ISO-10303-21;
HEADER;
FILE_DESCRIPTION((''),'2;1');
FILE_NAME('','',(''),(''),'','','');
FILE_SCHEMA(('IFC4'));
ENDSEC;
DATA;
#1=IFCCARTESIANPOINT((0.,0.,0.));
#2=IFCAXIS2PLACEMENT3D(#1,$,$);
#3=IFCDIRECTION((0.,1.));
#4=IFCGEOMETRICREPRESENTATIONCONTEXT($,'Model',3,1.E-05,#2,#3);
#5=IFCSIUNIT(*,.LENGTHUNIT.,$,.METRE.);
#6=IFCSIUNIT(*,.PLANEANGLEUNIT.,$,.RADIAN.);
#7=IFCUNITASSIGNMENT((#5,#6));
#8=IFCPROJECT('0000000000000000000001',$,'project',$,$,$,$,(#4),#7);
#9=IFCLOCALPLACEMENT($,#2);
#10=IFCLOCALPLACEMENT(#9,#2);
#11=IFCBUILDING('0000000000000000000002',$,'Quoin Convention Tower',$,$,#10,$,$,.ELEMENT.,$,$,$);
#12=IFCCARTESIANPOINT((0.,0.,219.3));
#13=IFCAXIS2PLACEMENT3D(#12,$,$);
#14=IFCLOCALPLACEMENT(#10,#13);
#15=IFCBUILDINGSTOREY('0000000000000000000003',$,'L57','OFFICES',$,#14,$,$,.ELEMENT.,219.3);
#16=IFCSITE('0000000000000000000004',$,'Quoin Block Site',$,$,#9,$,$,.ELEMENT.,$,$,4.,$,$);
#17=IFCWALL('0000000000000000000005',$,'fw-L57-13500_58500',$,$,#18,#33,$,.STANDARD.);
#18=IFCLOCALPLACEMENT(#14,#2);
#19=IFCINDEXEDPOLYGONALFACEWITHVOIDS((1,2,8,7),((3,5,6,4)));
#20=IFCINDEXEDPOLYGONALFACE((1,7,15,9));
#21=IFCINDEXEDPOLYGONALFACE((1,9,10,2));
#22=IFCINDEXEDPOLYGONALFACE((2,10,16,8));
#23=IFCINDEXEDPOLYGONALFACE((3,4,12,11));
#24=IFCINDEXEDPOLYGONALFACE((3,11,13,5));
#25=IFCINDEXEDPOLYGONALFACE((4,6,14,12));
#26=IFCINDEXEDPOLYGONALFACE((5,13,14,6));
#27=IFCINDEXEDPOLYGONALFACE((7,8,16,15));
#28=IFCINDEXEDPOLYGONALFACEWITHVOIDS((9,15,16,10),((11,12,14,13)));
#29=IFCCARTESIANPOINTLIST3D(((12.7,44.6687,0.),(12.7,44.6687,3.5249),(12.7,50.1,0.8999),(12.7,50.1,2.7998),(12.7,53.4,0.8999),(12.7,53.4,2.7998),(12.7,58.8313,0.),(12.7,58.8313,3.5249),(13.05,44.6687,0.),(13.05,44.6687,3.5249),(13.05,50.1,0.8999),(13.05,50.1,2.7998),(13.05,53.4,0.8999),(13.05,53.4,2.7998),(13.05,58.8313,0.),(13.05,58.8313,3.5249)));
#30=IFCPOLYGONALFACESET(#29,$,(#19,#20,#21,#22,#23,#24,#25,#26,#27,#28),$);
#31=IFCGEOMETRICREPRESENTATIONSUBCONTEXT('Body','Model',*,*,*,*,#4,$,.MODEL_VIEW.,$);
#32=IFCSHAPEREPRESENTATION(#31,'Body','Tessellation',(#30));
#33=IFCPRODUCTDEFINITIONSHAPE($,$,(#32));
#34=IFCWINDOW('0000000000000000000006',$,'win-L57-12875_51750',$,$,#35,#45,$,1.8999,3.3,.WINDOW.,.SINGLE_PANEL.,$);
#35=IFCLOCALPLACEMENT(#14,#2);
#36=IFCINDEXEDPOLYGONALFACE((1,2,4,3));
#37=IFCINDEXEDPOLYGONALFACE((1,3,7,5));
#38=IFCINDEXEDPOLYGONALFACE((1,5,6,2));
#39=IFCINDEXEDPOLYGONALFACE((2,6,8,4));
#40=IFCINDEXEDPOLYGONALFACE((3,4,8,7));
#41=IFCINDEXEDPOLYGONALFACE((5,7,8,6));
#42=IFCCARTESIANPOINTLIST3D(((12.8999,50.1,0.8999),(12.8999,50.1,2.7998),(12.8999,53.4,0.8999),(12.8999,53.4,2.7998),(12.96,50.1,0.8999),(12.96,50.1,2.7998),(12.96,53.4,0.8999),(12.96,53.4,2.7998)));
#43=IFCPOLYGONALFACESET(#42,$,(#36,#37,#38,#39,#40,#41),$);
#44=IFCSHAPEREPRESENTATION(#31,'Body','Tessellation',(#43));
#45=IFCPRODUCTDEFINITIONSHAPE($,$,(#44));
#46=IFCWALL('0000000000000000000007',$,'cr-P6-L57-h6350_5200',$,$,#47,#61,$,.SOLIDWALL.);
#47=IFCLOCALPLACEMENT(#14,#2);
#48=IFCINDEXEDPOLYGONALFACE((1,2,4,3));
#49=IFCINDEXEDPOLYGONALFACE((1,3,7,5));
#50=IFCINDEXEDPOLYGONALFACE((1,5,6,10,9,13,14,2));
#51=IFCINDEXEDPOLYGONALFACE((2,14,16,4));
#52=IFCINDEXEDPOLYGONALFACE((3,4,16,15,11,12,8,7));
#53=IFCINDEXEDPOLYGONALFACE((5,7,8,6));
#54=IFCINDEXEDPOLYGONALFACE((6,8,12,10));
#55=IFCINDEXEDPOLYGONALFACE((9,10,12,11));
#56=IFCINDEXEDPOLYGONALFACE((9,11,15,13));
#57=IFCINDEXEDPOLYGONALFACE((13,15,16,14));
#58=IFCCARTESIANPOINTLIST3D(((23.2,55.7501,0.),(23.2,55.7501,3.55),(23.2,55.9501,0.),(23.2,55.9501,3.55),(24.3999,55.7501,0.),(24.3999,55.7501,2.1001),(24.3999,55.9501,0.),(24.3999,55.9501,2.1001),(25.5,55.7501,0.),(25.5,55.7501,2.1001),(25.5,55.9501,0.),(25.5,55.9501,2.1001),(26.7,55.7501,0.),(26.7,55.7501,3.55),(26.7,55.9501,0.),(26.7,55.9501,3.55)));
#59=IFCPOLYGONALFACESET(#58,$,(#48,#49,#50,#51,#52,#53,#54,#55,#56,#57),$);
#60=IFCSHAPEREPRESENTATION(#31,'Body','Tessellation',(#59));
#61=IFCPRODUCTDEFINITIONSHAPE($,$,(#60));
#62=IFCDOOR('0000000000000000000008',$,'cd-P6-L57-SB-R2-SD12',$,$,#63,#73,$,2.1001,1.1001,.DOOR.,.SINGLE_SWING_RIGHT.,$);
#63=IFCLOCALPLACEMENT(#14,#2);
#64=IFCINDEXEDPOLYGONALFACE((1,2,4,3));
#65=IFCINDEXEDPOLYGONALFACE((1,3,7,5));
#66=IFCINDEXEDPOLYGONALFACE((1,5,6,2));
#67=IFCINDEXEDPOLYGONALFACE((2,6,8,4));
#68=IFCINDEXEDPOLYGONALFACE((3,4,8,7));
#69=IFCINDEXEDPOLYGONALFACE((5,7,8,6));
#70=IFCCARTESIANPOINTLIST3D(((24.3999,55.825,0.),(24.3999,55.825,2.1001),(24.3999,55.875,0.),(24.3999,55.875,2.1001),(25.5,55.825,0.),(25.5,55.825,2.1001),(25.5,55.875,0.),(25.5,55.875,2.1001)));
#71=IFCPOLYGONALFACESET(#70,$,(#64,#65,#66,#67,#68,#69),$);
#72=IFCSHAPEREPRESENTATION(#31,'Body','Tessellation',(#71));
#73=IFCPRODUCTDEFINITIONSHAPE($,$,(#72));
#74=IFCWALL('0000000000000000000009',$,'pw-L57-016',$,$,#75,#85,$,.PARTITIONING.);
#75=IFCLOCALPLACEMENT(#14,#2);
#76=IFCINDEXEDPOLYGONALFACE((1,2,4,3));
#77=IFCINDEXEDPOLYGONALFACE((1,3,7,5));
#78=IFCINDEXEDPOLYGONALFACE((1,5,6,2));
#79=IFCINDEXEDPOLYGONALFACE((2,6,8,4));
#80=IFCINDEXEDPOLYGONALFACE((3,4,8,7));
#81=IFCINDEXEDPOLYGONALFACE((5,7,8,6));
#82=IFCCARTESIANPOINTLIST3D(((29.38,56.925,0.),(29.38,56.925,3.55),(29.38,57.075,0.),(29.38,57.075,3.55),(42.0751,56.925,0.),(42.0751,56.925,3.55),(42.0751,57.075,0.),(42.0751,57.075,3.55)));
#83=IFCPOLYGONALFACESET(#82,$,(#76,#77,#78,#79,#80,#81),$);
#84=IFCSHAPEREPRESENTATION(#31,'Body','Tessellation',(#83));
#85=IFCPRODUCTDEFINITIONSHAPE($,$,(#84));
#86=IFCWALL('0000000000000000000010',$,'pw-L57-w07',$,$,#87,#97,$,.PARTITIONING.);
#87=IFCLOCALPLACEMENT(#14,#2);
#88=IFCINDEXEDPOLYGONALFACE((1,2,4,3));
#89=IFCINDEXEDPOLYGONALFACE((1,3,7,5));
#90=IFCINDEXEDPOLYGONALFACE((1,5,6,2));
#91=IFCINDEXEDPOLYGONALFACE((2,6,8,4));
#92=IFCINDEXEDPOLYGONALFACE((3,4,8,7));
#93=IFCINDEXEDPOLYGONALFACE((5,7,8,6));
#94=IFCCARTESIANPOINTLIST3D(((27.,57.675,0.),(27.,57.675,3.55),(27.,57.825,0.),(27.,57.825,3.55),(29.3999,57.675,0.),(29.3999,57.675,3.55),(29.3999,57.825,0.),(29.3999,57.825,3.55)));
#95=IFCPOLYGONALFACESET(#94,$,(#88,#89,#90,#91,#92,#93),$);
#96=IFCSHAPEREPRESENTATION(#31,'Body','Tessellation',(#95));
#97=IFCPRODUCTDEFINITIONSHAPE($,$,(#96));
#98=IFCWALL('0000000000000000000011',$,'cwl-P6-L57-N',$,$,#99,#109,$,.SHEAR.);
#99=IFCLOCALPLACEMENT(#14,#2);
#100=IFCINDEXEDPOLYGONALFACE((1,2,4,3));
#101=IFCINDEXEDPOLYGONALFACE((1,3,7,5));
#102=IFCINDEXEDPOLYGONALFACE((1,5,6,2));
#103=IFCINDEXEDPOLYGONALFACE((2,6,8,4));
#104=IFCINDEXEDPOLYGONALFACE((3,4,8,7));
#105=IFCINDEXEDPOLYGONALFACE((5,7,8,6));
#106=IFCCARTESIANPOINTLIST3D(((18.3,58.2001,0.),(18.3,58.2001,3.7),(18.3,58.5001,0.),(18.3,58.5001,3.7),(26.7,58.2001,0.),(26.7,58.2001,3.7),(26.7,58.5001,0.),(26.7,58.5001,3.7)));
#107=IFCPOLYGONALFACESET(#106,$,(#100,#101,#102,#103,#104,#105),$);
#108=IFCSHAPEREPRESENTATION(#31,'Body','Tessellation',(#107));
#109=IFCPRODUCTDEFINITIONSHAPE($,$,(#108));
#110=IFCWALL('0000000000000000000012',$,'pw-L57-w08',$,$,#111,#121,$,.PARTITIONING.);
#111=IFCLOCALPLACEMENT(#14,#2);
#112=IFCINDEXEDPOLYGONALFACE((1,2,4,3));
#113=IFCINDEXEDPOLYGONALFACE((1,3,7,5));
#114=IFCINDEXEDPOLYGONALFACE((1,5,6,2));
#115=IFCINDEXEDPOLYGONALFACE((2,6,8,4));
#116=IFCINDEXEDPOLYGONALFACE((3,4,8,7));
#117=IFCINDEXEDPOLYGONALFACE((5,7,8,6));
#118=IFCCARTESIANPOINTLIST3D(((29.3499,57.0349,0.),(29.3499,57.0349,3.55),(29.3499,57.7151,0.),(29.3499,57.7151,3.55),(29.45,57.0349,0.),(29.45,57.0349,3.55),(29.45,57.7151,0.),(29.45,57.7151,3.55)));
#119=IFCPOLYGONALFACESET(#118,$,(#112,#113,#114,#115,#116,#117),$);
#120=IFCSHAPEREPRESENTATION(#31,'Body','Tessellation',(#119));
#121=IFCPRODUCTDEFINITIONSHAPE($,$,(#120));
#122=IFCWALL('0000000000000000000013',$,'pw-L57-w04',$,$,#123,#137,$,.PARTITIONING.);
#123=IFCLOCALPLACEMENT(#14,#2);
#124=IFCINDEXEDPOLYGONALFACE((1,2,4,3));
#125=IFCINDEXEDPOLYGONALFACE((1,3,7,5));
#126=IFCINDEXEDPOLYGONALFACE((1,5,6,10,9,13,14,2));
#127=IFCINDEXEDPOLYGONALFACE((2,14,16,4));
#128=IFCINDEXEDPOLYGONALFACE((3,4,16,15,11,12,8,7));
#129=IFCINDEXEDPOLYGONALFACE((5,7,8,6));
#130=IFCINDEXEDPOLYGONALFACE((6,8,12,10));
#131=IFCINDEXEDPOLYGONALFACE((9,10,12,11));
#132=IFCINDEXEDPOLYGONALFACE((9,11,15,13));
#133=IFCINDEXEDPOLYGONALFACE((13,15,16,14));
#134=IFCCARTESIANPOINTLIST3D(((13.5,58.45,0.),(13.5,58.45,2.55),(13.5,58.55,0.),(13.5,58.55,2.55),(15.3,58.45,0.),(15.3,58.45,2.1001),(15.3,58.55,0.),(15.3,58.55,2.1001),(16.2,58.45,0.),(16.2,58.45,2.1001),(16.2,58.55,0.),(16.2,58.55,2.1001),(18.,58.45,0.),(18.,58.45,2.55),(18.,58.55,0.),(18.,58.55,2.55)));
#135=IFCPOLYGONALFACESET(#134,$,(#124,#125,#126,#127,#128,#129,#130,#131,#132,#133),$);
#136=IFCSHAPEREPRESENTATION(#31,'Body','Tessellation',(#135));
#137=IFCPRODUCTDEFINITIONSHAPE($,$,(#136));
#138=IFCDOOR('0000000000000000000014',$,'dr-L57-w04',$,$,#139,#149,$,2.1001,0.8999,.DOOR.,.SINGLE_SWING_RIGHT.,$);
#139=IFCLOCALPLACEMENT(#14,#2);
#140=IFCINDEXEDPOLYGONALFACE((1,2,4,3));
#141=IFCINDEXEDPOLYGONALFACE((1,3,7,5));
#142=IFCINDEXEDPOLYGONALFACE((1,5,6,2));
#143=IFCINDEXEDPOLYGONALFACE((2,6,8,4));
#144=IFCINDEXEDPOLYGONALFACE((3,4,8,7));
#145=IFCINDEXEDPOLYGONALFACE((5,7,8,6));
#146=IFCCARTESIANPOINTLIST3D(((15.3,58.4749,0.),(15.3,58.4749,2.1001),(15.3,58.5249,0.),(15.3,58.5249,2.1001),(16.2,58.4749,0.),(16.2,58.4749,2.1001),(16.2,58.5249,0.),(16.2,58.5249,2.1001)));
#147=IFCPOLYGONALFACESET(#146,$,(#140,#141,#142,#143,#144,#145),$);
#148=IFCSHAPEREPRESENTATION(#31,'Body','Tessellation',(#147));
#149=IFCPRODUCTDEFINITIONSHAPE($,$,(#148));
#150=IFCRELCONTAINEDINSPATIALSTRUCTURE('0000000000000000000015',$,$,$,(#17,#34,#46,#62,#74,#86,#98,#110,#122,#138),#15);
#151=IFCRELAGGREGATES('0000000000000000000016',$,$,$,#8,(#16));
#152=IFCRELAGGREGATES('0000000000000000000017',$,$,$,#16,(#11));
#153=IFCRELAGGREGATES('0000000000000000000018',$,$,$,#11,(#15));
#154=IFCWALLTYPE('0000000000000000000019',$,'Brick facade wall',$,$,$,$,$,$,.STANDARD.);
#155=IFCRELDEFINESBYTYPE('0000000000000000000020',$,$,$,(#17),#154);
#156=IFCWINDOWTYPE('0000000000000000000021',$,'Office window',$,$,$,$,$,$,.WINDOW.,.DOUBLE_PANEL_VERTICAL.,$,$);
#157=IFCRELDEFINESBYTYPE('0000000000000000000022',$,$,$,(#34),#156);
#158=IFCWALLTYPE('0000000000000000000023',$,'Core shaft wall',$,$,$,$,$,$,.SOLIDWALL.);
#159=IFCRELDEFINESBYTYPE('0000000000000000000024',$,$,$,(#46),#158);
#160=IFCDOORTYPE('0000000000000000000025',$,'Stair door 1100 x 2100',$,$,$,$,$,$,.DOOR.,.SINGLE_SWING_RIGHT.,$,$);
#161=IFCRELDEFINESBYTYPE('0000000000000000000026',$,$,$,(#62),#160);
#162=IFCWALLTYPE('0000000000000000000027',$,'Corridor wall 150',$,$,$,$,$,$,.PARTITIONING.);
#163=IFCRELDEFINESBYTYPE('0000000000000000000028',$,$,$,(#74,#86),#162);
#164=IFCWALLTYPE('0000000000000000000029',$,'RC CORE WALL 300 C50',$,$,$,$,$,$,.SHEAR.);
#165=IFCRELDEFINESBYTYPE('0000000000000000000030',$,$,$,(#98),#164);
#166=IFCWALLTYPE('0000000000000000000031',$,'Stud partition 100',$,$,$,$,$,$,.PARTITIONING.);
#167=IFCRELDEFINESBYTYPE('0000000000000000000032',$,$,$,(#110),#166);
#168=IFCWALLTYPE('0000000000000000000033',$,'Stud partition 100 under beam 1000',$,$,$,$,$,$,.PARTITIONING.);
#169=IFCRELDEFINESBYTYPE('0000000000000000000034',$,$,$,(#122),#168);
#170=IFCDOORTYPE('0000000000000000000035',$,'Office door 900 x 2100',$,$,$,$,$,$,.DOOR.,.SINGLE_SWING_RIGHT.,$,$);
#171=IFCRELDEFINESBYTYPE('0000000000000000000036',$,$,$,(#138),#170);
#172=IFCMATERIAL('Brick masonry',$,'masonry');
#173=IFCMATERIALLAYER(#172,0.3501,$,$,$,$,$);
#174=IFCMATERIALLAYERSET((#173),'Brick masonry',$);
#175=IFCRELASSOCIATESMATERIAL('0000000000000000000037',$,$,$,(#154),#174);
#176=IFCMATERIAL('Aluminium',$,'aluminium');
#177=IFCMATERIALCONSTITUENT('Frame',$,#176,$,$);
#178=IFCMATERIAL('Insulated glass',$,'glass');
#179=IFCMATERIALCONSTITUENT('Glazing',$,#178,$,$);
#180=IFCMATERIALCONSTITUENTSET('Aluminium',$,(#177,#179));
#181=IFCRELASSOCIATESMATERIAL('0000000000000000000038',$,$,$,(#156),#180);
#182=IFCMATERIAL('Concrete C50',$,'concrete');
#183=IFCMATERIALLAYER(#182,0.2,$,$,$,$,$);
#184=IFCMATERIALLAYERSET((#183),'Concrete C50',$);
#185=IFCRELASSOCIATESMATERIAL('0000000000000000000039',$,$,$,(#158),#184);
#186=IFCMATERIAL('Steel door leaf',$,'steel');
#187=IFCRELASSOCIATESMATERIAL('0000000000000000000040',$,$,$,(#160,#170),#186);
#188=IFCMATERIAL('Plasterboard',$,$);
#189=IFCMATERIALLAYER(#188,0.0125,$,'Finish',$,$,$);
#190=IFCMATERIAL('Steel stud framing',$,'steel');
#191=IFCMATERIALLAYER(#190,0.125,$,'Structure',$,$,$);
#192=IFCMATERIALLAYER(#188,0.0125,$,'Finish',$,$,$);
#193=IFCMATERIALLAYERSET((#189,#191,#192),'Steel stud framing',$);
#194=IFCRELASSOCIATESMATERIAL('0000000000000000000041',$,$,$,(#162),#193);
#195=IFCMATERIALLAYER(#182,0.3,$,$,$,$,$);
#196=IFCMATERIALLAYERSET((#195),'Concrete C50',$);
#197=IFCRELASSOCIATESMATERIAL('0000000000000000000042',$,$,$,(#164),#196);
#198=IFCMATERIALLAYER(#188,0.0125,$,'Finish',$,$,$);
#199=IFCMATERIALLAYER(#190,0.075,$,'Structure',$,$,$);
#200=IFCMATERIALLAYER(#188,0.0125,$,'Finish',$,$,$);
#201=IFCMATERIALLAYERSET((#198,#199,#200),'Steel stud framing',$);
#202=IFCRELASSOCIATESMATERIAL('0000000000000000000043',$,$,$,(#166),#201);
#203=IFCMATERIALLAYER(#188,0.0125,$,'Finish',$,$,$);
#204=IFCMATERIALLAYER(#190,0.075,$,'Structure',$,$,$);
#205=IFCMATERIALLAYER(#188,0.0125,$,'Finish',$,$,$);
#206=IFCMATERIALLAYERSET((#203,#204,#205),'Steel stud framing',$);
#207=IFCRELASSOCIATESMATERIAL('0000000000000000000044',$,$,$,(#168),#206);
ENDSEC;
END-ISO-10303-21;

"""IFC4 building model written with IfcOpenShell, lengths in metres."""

from ifc_helpers import new_model, si_unit, direction, frame, frame_2d, origin, place, context, subcontext, project, spatial, rectangle, extrude, material, layer, layer_set, constituent, constituent_set, type_object, element, fill, save


model = new_model("IFC4")

# Units and contexts
model_context = context("Model", 3, precision=1e-05, world=origin(), true_north=direction((0.0, 1.0)))
body_context = subcontext(model_context, "Body", "Model", "MODEL_VIEW")
ifc_project = project(units=[si_unit("LENGTHUNIT", "METRE"), si_unit("PLANEANGLEUNIT", "RADIAN")], contexts=[model_context])

# Site, building, storey
site_placement = place(None, origin())
site = spatial("IfcSite", under=ifc_project, at=site_placement, Name="Quoin Block Site", CompositionType="ELEMENT", RefElevation=4.0)
building_placement = place(site_placement, origin())
building = spatial("IfcBuilding", under=site, at=building_placement, Name="Quoin Convention Tower", CompositionType="ELEMENT")
storey_placement = place(building_placement, frame((0.0, 0.0, 219.3)))
storey = spatial("IfcBuildingStorey", under=building, at=storey_placement, Name="L57", Description="OFFICES", CompositionType="ELEMENT", Elevation=219.3)

# Shared definitions
ifc_material_1 = material(Name="Concrete C50", Category="concrete")

# Wall, opening, window
ifc_material_2 = material(Name="Brick masonry", Category="masonry")
ifc_layer_1 = layer(ifc_material_2, 0.3501)
ifc_layer_set_1 = layer_set([ifc_layer_1], Name="Brick masonry")
wall_type_1 = type_object("IfcWallType", Name="Brick facade wall", PredefinedType="STANDARD", material=ifc_layer_set_1)
ifc_material_3 = material(Name="Aluminium", Category="aluminium")
ifc_constituent_1 = constituent(ifc_material_3, Name="Frame")
ifc_material_4 = material(Name="Insulated glass", Category="glass")
ifc_constituent_2 = constituent(ifc_material_4, Name="Glazing")
ifc_constituent_set = constituent_set(constituents=[ifc_constituent_1, ifc_constituent_2], Name="Aluminium")
window_type = type_object("IfcWindowType", Name="Office window", PartitioningType="DOUBLE_PANEL_VERTICAL", PredefinedType="WINDOW", material=ifc_constituent_set)
wall_1_placement = place(storey_placement, frame((12.875, 58.8313, 0.0), z_axis=(0.0, 0.0, 1.0), x_axis=(0.0, -1.0, 0.0)))
wall_1 = element("IfcWall", 1, at=wall_1_placement, inside=storey, type_object=wall_type_1, Name="fw-L57-13500_58500", PredefinedType="STANDARD", context=body_context, shape_type="SweptSolid", body=[
    extrude(rectangle(XDim=14.1626, YDim=0.3501, at=frame_2d((7.0813, 0.0))), origin(), (0.0, 0.0, 1.0), 3.5249),
])
opening_1_placement = place(wall_1_placement, frame((5.4314, 0.0, 0.8999)))
opening_1 = element("IfcOpeningElement", 2, at=opening_1_placement, cuts=wall_1, PredefinedType="OPENING", context=body_context, shape_type="SweptSolid", body=[
    extrude(rectangle(XDim=3.3, YDim=1.8999, at=frame_2d((1.6499, 0.95))), frame((0.0, 0.1851, 0.0), z_axis=(0.0, -1.0, 0.0), x_axis=(1.0, 0.0, 0.0)), (0.0, 0.0, 1.0), 0.3701),
])
window_1_placement = place(opening_1_placement, origin())
window_1 = element("IfcWindow", 3, at=window_1_placement, inside=storey, type_object=window_type, Name="win-L57-12875_51750", OverallHeight=1.8999, OverallWidth=3.3, PartitioningType="SINGLE_PANEL", PredefinedType="WINDOW", context=body_context, shape_type="SweptSolid", body=[
    extrude(rectangle(XDim=3.3, YDim=1.8999, at=frame_2d((1.6499, 0.95))), frame((0.0, 0.085, 0.0), z_axis=(0.0, -1.0, 0.0), x_axis=(1.0, 0.0, 0.0)), (0.0, 0.0, 1.0), 0.0601),
])
fill(opening_1, window_1)

# Wall, opening, door
ifc_layer_2 = layer(ifc_material_1, 0.2)
ifc_layer_set_2 = layer_set([ifc_layer_2], Name="Concrete C50")
wall_type_2 = type_object("IfcWallType", Name="Core shaft wall", PredefinedType="SOLIDWALL", material=ifc_layer_set_2)
wall_2_placement = place(storey_placement, frame((23.2, 55.8501, 0.0), z_axis=(0.0, 0.0, 1.0), x_axis=(1.0, 0.0, 0.0)))
wall_2 = element("IfcWall", 4, at=wall_2_placement, inside=storey, type_object=wall_type_2, Name="cr-P6-L57-h6350_5200", PredefinedType="SOLIDWALL", context=body_context, shape_type="SweptSolid", body=[
    extrude(rectangle(XDim=3.5, YDim=0.2, at=frame_2d((1.75, 0.0))), origin(), (0.0, 0.0, 1.0), 3.55),
])
opening_2_placement = place(wall_2_placement, frame((1.2, 0.0, 0.0)))
opening_2 = element("IfcOpeningElement", 5, at=opening_2_placement, cuts=wall_2, PredefinedType="OPENING", context=body_context, shape_type="SweptSolid", body=[
    extrude(rectangle(XDim=1.1001, YDim=2.1001, at=frame_2d((0.55, 1.05))), frame((0.0, 0.1099, 0.0), z_axis=(0.0, -1.0, 0.0), x_axis=(1.0, 0.0, 0.0)), (0.0, 0.0, 1.0), 0.22),
])
ifc_material_5 = material(Name="Steel door leaf", Category="steel")
door_type_1 = type_object("IfcDoorType", Name="Stair door 1100 x 2100", OperationType="SINGLE_SWING_RIGHT", PredefinedType="DOOR", material=ifc_material_5)
door_1_placement = place(opening_2_placement, origin())
door_1 = element("IfcDoor", 6, at=door_1_placement, inside=storey, type_object=door_type_1, Name="cd-P6-L57-SB-R2-SD12", OperationType="SINGLE_SWING_RIGHT", OverallHeight=2.1001, OverallWidth=1.1001, PredefinedType="DOOR", context=body_context, shape_type="SweptSolid", body=[
    extrude(rectangle(XDim=1.1001, YDim=2.1001, at=frame_2d((0.55, 1.05))), frame((0.0, 0.0249, 0.0), z_axis=(0.0, -1.0, 0.0), x_axis=(1.0, 0.0, 0.0)), (0.0, 0.0, 1.0), 0.05),
])
fill(opening_2, door_1)

# Walls
ifc_material_6 = material(Name="Plasterboard")
ifc_layer_3 = layer(ifc_material_6, 0.0125, Name="Finish")
ifc_material_7 = material(Name="Steel stud framing", Category="steel")
ifc_layer_4 = layer(ifc_material_7, 0.125, Name="Structure")
ifc_layer_5 = layer(ifc_material_6, 0.0125, Name="Finish")
ifc_layer_set_3 = layer_set([ifc_layer_3, ifc_layer_4, ifc_layer_5], Name="Steel stud framing")
wall_type_3 = type_object("IfcWallType", Name="Corridor wall 150", PredefinedType="PARTITIONING", material=ifc_layer_set_3)
wall_3_placement = place(storey_placement, frame((29.3799, 57.0, 0.0), z_axis=(0.0, 0.0, 1.0), x_axis=(1.0, 0.0, 0.0)))
element("IfcWall", 7, at=wall_3_placement, inside=storey, type_object=wall_type_3, Name="pw-L57-016", PredefinedType="PARTITIONING", context=body_context, shape_type="SweptSolid", body=[
    extrude(rectangle(XDim=12.6951, YDim=0.1499, at=frame_2d((6.3477, 0.0))), origin(), (0.0, 0.0, 1.0), 3.55),
])
wall_4_placement = place(storey_placement, frame((27.0, 57.75, 0.0), z_axis=(0.0, 0.0, 1.0), x_axis=(1.0, 0.0, 0.0)))
element("IfcWall", 8, at=wall_4_placement, inside=storey, type_object=wall_type_3, Name="pw-L57-w07", PredefinedType="PARTITIONING", context=body_context, shape_type="SweptSolid", body=[
    extrude(rectangle(XDim=2.3999, YDim=0.1499, at=frame_2d((1.2, 0.0))), origin(), (0.0, 0.0, 1.0), 3.55),
])
ifc_layer_6 = layer(ifc_material_1, 0.3)
ifc_layer_set_4 = layer_set([ifc_layer_6], Name="Concrete C50")
wall_type_4 = type_object("IfcWallType", Name="RC CORE WALL 300 C50", PredefinedType="SHEAR", material=ifc_layer_set_4)
wall_5_placement = place(storey_placement, frame((18.3, 58.3501, 0.0), z_axis=(0.0, 0.0, 1.0), x_axis=(1.0, 0.0, 0.0)))
element("IfcWall", 9, at=wall_5_placement, inside=storey, type_object=wall_type_4, Name="cwl-P6-L57-N", PredefinedType="SHEAR", context=body_context, shape_type="SweptSolid", body=[
    extrude(rectangle(XDim=8.3999, YDim=0.3, at=frame_2d((4.2, 0.0))), origin(), (0.0, 0.0, 1.0), 3.7),
])
ifc_layer_7 = layer(ifc_material_6, 0.0125, Name="Finish")
ifc_layer_8 = layer(ifc_material_7, 0.075, Name="Structure")
ifc_layer_9 = layer(ifc_material_6, 0.0125, Name="Finish")
ifc_layer_set_5 = layer_set([ifc_layer_7, ifc_layer_8, ifc_layer_9], Name="Steel stud framing")
wall_type_5 = type_object("IfcWallType", Name="Stud partition 100", PredefinedType="PARTITIONING", material=ifc_layer_set_5)
wall_6_placement = place(storey_placement, frame((29.3999, 57.7151, 0.0), z_axis=(0.0, 0.0, 1.0), x_axis=(0.0, -1.0, 0.0)))
element("IfcWall", 10, at=wall_6_placement, inside=storey, type_object=wall_type_5, Name="pw-L57-w08", PredefinedType="PARTITIONING", context=body_context, shape_type="SweptSolid", body=[
    extrude(rectangle(XDim=0.6802, YDim=0.1001, at=frame_2d((0.3401, 0.0))), origin(), (0.0, 0.0, 1.0), 3.55),
])

# Wall, opening, door
ifc_layer_10 = layer(ifc_material_6, 0.0125, Name="Finish")
ifc_layer_11 = layer(ifc_material_7, 0.075, Name="Structure")
ifc_layer_12 = layer(ifc_material_6, 0.0125, Name="Finish")
ifc_layer_set_6 = layer_set([ifc_layer_10, ifc_layer_11, ifc_layer_12], Name="Steel stud framing")
wall_type_6 = type_object("IfcWallType", Name="Stud partition 100 under beam 1000", PredefinedType="PARTITIONING", material=ifc_layer_set_6)
wall_7_placement = place(storey_placement, frame((13.5, 58.5, 0.0), z_axis=(0.0, 0.0, 1.0), x_axis=(1.0, 0.0, 0.0)))
wall_7 = element("IfcWall", 11, at=wall_7_placement, inside=storey, type_object=wall_type_6, Name="pw-L57-w04", PredefinedType="PARTITIONING", context=body_context, shape_type="SweptSolid", body=[
    extrude(rectangle(XDim=4.5, YDim=0.1001, at=frame_2d((2.25, 0.0))), origin(), (0.0, 0.0, 1.0), 2.55),
])
opening_3_placement = place(wall_7_placement, frame((1.8, 0.0, 0.0)))
opening_3 = element("IfcOpeningElement", 12, at=opening_3_placement, cuts=wall_7, PredefinedType="OPENING", context=body_context, shape_type="SweptSolid", body=[
    extrude(rectangle(XDim=0.8999, YDim=2.1001, at=frame_2d((0.45, 1.05))), frame((0.0, 0.0601, 0.0), z_axis=(0.0, -1.0, 0.0), x_axis=(1.0, 0.0, 0.0)), (0.0, 0.0, 1.0), 0.1201),
])
door_type_2 = type_object("IfcDoorType", Name="Office door 900 x 2100", OperationType="SINGLE_SWING_RIGHT", PredefinedType="DOOR", material=ifc_material_5)
door_2_placement = place(opening_3_placement, origin())
door_2 = element("IfcDoor", 13, at=door_2_placement, inside=storey, type_object=door_type_2, Name="dr-L57-w04", OperationType="SINGLE_SWING_RIGHT", OverallHeight=2.1001, OverallWidth=0.8999, PredefinedType="DOOR", context=body_context, shape_type="SweptSolid", body=[
    extrude(rectangle(XDim=0.8999, YDim=2.1001, at=frame_2d((0.45, 1.05))), frame((0.0, 0.0249, 0.0), z_axis=(0.0, -1.0, 0.0), x_axis=(1.0, 0.0, 0.0)), (0.0, 0.0, 1.0), 0.05),
])
fill(opening_3, door_2)

save(model, "model.ifc")
